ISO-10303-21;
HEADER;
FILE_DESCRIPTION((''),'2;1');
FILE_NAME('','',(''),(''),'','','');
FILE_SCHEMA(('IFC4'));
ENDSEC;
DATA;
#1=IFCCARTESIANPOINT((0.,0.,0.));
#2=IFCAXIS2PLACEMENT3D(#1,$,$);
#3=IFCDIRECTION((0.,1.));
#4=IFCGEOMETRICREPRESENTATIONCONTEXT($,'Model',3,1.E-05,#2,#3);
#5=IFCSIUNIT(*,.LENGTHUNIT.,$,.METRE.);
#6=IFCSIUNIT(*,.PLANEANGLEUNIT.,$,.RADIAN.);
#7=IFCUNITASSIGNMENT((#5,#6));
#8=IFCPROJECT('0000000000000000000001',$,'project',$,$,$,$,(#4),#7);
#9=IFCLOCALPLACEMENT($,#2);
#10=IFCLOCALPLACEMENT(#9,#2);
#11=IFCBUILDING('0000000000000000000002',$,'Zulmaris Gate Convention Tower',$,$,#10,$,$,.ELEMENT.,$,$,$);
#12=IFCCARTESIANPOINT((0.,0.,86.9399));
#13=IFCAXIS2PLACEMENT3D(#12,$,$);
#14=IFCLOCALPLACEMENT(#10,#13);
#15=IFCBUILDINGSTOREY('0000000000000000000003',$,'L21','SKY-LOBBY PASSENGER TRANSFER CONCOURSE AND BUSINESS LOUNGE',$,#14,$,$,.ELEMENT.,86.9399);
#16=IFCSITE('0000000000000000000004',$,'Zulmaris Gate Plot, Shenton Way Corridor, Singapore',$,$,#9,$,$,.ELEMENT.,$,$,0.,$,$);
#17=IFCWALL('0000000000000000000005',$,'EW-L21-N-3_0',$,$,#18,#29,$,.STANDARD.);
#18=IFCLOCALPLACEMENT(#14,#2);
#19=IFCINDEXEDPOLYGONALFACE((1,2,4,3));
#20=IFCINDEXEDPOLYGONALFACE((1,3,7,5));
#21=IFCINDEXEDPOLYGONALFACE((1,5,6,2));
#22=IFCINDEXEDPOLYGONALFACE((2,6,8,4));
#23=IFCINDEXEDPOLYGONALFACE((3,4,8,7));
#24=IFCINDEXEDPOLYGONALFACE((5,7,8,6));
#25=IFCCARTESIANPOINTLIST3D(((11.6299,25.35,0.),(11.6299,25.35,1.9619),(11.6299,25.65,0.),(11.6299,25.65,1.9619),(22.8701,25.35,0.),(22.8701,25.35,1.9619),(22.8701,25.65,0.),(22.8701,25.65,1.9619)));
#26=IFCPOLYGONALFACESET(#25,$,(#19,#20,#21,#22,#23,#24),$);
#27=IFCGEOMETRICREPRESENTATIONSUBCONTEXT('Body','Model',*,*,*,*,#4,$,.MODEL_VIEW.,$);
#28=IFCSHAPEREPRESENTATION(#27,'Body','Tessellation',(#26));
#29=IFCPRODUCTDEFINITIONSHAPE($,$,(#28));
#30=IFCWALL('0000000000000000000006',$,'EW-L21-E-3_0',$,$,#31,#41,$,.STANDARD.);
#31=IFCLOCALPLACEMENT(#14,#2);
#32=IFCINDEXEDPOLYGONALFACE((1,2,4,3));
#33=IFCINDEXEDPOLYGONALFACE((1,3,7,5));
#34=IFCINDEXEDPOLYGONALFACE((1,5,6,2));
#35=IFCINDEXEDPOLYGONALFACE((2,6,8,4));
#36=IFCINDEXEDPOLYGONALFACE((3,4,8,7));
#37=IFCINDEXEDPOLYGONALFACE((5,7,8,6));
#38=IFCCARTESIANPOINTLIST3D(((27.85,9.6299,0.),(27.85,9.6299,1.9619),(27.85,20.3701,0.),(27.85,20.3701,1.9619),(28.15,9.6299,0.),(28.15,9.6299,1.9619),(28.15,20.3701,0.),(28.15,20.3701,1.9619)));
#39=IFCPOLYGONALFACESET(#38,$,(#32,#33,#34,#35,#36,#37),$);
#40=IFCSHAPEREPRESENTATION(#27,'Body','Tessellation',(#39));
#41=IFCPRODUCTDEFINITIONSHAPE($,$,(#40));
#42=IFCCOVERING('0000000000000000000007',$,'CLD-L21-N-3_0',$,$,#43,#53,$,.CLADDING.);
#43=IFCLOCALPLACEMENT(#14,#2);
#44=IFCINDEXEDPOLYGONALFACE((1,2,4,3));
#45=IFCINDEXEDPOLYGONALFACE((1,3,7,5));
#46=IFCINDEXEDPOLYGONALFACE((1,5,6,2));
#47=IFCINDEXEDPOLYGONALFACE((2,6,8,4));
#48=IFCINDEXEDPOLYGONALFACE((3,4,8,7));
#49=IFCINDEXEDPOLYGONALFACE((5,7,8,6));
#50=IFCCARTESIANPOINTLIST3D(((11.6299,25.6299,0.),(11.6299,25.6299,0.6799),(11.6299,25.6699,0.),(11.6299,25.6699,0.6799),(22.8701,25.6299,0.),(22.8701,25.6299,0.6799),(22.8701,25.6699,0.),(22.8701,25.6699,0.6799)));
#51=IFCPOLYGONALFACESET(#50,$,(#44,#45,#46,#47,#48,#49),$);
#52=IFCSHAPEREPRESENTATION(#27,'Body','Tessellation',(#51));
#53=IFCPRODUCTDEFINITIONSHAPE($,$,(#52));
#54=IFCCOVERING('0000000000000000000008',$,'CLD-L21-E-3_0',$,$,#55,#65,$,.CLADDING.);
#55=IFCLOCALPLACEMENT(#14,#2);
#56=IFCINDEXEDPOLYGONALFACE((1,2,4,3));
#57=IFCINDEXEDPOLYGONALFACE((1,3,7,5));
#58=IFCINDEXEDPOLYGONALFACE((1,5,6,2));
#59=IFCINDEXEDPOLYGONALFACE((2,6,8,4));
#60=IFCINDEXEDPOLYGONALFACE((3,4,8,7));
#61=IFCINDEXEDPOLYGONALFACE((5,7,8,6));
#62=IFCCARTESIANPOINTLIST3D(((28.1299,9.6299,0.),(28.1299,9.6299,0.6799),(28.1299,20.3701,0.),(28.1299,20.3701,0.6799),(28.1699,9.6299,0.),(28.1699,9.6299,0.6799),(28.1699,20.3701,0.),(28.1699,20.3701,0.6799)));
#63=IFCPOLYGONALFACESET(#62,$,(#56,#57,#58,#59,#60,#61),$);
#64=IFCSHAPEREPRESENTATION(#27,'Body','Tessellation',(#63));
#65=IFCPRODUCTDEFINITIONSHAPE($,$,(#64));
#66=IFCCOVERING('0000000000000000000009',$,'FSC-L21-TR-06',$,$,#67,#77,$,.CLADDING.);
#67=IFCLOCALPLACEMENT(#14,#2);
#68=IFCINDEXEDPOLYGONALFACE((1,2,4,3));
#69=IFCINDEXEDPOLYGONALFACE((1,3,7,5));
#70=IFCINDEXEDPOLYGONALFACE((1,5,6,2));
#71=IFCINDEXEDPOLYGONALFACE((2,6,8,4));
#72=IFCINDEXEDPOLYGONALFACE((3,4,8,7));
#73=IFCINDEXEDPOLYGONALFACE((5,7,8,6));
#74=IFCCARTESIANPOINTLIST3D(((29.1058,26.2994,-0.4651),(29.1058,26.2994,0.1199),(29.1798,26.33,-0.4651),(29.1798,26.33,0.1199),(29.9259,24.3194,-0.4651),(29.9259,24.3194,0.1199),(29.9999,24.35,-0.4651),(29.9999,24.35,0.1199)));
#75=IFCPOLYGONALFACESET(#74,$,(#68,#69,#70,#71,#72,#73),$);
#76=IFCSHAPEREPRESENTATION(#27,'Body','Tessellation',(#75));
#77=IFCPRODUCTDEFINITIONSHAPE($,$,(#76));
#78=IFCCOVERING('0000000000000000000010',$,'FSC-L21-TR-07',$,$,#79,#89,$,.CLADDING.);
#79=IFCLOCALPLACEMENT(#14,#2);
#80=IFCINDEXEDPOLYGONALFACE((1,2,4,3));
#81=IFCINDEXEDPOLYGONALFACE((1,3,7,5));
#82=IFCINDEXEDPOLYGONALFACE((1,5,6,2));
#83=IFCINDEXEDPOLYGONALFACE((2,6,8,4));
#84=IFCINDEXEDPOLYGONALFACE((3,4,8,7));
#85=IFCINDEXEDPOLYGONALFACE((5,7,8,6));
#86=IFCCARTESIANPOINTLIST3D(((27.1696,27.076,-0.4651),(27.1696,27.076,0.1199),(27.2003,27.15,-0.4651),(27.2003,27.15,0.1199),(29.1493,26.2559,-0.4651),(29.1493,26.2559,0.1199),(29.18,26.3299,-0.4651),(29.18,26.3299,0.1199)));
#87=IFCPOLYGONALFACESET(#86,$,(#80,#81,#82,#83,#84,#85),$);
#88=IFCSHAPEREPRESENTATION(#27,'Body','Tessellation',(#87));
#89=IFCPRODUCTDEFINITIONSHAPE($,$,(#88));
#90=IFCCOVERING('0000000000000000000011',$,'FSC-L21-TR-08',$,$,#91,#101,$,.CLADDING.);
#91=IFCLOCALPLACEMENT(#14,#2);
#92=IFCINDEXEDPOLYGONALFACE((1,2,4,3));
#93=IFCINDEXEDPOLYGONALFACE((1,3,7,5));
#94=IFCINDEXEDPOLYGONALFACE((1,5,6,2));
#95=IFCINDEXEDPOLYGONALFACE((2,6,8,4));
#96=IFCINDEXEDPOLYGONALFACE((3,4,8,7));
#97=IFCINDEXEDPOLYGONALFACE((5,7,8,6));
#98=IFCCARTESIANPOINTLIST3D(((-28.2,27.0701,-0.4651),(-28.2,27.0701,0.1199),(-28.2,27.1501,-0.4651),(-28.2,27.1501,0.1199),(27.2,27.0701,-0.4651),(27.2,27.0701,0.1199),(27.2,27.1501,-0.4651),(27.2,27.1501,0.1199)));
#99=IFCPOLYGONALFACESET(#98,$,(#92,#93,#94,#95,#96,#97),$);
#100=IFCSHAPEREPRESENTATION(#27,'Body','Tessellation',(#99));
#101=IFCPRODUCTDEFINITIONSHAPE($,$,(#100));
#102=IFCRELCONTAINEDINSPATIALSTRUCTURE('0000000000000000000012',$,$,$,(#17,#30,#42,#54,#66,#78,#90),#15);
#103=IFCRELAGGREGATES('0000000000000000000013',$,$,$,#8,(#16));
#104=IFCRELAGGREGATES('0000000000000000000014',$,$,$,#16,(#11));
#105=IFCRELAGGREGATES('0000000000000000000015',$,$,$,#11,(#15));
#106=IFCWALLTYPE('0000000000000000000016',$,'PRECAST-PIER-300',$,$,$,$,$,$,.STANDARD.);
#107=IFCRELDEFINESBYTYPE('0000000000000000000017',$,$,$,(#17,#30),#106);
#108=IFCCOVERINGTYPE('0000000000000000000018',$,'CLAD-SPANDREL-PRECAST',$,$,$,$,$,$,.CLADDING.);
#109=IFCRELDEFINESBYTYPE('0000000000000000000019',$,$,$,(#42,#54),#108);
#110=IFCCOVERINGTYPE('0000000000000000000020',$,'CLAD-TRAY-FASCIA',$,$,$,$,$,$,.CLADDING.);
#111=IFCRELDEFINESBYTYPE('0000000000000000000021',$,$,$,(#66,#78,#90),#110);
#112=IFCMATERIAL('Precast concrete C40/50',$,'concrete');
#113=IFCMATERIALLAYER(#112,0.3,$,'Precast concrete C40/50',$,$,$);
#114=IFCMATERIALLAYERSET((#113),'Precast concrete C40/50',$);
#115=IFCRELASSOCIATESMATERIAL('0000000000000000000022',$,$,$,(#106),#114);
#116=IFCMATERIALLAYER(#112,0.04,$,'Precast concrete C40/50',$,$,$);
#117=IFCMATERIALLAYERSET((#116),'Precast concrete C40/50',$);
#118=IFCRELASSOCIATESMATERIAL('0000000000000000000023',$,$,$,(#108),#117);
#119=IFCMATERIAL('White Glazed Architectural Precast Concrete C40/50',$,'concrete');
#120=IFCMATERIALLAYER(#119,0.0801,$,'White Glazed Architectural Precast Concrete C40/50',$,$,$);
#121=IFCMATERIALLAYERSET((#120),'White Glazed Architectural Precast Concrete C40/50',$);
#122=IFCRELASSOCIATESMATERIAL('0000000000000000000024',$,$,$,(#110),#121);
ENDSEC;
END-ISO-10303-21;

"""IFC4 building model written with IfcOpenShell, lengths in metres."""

from ifc_helpers import new_model, si_unit, direction, frame, frame_2d, origin, place, context, subcontext, project, spatial, rectangle, extrude, material, layer, layer_set, type_object, element, save


model = new_model("IFC4")

# Units and contexts
model_context = context("Model", 3, precision=1e-05, world=origin(), true_north=direction((0.0, 1.0)))
body_context = subcontext(model_context, "Body", "Model", "MODEL_VIEW")
ifc_project = project(units=[si_unit("LENGTHUNIT", "METRE"), si_unit("PLANEANGLEUNIT", "RADIAN")], contexts=[model_context])

# Site, building, storey
site_placement = place(None, origin())
site = spatial("IfcSite", under=ifc_project, at=site_placement, Name="Zulmaris Gate Plot, Shenton Way Corridor, Singapore", CompositionType="ELEMENT", RefElevation=0.0)
building_placement = place(site_placement, origin())
building = spatial("IfcBuilding", under=site, at=building_placement, Name="Zulmaris Gate Convention Tower", CompositionType="ELEMENT")
storey_placement = place(building_placement, frame((0.0, 0.0, 86.9399)))
storey = spatial("IfcBuildingStorey", under=building, at=storey_placement, Name="L21", Description="SKY-LOBBY PASSENGER TRANSFER CONCOURSE AND BUSINESS LOUNGE", CompositionType="ELEMENT", Elevation=86.9399)

# Walls
ifc_material_1 = material(Name="Precast concrete C40/50", Category="concrete")
ifc_layer_1 = layer(ifc_material_1, 0.3, Name="Precast concrete C40/50")
ifc_layer_set_1 = layer_set([ifc_layer_1], Name="Precast concrete C40/50")
wall_type_1 = type_object("IfcWallType", Name="PRECAST-PIER-300", PredefinedType="STANDARD", material=ifc_layer_set_1)
wall_1_placement = place(storey_placement, frame((22.8701, 25.5, 0.0), z_axis=(0.0, 0.0, 1.0), x_axis=(-1.0, 0.0, 0.0)))
element("IfcWall", 1, at=wall_1_placement, inside=storey, type_object=wall_type_1, Name="EW-L21-N-3_0", PredefinedType="STANDARD", context=body_context, shape_type="SweptSolid", body=[
    extrude(rectangle(XDim=11.2402, YDim=0.3, at=frame_2d((5.6201, 0.0))), origin(), (0.0, 0.0, 1.0), 1.9619),
])
wall_2_placement = place(storey_placement, frame((28.0, 9.6299, 0.0), z_axis=(0.0, 0.0, 1.0), x_axis=(0.0, 1.0, 0.0)))
element("IfcWall", 2, at=wall_2_placement, inside=storey, type_object=wall_type_1, Name="EW-L21-E-3_0", PredefinedType="STANDARD", context=body_context, shape_type="SweptSolid", body=[
    extrude(rectangle(XDim=10.7402, YDim=0.3, at=frame_2d((5.3701, 0.0))), origin(), (0.0, 0.0, 1.0), 1.9619),
])

# Coverings
ifc_layer_2 = layer(ifc_material_1, 0.04, Name="Precast concrete C40/50")
ifc_layer_set_2 = layer_set([ifc_layer_2], Name="Precast concrete C40/50")
covering_type_1 = type_object("IfcCoveringType", Name="CLAD-SPANDREL-PRECAST", PredefinedType="CLADDING", material=ifc_layer_set_2)
covering_1_placement = place(storey_placement, frame((22.8701, 25.6499, 0.0), z_axis=(0.0, 0.0, 1.0), x_axis=(-1.0, 0.0, 0.0)))
element("IfcCovering", 3, at=covering_1_placement, inside=storey, type_object=covering_type_1, Name="CLD-L21-N-3_0", PredefinedType="CLADDING", context=body_context, shape_type="SweptSolid", body=[
    extrude(rectangle(XDim=11.2402, YDim=0.04, at=frame_2d((5.6201, 0.0))), origin(), (0.0, 0.0, 1.0), 0.6799),
])
covering_2_placement = place(storey_placement, frame((28.1499, 9.6299, 0.0), z_axis=(0.0, 0.0, 1.0), x_axis=(0.0, 1.0, 0.0)))
element("IfcCovering", 4, at=covering_2_placement, inside=storey, type_object=covering_type_1, Name="CLD-L21-E-3_0", PredefinedType="CLADDING", context=body_context, shape_type="SweptSolid", body=[
    extrude(rectangle(XDim=10.7402, YDim=0.04, at=frame_2d((5.3701, 0.0))), origin(), (0.0, 0.0, 1.0), 0.6799),
])
ifc_material_2 = material(Name="White Glazed Architectural Precast Concrete C40/50", Category="concrete")
ifc_layer_3 = layer(ifc_material_2, 0.0801, Name="White Glazed Architectural Precast Concrete C40/50")
ifc_layer_set_3 = layer_set([ifc_layer_3], Name="White Glazed Architectural Precast Concrete C40/50")
covering_type_2 = type_object("IfcCoveringType", Name="CLAD-TRAY-FASCIA", PredefinedType="CLADDING", material=ifc_layer_set_3)
covering_3_placement = place(storey_placement, frame((29.9629, 24.3347, -0.4651), z_axis=(0.0, 0.0, 1.0), x_axis=(-0.382657, 0.92389, 0.0)))
element("IfcCovering", 5, at=covering_3_placement, inside=storey, type_object=covering_type_2, Name="FSC-L21-TR-06", PredefinedType="CLADDING", context=body_context, shape_type="SweptSolid", body=[
    extrude(rectangle(XDim=2.1431, YDim=0.0801, at=frame_2d((1.0715, 0.0))), origin(), (0.0, 0.0, 1.0), 0.585),
])
covering_4_placement = place(storey_placement, frame((29.1646, 26.293, -0.4651), z_axis=(0.0, 0.0, 1.0), x_axis=(-0.923874, 0.382697, 0.0)))
element("IfcCovering", 6, at=covering_4_placement, inside=storey, type_object=covering_type_2, Name="FSC-L21-TR-07", PredefinedType="CLADDING", context=body_context, shape_type="SweptSolid", body=[
    extrude(rectangle(XDim=2.1428, YDim=0.0801, at=frame_2d((1.0713, 0.0))), origin(), (0.0, 0.0, 1.0), 0.585),
])
covering_5_placement = place(storey_placement, frame((27.2, 27.1101, -0.4651), z_axis=(0.0, 0.0, 1.0), x_axis=(-1.0, 0.0, 0.0)))
element("IfcCovering", 7, at=covering_5_placement, inside=storey, type_object=covering_type_2, Name="FSC-L21-TR-08", PredefinedType="CLADDING", context=body_context, shape_type="SweptSolid", body=[
    extrude(rectangle(XDim=55.3999, YDim=0.0801, at=frame_2d((27.7, 0.0))), origin(), (0.0, 0.0, 1.0), 0.585),
])

save(model, "model.ifc")
